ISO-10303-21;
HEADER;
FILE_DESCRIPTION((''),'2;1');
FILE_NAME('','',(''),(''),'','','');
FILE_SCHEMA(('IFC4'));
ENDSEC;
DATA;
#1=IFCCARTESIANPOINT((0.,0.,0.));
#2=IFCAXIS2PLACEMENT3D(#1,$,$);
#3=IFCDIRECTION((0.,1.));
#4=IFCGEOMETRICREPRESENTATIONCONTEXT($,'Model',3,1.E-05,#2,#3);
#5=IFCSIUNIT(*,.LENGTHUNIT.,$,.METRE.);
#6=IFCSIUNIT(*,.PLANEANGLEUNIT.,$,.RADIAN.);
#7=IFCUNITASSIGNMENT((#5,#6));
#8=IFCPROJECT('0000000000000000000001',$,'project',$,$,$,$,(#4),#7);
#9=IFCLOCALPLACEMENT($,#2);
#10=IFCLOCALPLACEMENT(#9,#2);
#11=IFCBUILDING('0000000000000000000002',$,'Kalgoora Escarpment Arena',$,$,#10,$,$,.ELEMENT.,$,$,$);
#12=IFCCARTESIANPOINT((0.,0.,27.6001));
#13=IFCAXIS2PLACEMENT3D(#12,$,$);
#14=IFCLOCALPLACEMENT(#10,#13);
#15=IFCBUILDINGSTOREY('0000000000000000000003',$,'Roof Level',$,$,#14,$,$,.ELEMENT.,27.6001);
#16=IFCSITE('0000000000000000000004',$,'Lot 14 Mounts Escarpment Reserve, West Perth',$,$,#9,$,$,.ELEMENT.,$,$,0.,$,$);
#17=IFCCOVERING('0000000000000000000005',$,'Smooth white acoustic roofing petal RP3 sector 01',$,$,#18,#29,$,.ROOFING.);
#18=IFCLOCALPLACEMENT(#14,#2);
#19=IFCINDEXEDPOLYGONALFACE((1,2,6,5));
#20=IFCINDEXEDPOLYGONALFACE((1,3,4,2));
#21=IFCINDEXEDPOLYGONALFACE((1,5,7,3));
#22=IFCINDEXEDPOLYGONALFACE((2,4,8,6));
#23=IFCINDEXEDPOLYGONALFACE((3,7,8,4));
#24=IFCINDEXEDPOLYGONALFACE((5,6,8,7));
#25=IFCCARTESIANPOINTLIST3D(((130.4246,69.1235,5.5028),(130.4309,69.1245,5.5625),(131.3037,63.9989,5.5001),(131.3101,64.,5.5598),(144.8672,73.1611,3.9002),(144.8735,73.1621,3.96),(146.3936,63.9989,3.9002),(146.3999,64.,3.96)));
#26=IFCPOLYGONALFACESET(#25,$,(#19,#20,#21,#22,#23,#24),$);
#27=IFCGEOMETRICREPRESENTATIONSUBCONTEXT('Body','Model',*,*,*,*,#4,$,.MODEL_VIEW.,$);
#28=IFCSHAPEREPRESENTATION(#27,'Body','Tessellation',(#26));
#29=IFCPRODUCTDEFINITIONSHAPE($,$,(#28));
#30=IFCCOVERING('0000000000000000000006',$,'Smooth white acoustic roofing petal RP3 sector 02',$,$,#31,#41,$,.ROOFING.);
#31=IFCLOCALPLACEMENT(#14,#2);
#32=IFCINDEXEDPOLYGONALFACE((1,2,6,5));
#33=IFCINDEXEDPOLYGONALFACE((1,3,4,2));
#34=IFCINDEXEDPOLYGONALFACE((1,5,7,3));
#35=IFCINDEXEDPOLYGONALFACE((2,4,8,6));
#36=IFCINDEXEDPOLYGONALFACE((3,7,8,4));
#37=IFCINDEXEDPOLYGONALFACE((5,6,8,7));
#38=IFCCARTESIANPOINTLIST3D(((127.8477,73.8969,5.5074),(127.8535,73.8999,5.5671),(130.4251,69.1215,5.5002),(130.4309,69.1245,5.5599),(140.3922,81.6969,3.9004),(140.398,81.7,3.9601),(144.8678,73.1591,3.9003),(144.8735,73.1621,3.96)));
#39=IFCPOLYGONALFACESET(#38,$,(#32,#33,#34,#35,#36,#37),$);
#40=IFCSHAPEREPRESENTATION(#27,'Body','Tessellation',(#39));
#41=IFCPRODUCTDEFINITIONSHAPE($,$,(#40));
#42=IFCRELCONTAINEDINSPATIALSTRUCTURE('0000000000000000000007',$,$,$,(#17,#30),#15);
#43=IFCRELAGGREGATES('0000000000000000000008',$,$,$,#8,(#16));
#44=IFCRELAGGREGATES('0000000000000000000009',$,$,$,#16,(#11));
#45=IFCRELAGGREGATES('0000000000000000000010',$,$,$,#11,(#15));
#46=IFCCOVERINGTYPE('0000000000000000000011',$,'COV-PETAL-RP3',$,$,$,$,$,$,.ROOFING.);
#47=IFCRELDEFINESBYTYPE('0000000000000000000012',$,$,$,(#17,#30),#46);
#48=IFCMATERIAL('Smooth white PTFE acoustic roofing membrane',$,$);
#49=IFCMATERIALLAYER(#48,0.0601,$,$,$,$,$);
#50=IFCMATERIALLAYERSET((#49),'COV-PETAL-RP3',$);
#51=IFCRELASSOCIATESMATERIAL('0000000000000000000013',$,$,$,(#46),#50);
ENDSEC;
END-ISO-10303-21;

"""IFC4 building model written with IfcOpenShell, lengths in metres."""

from ifc_helpers import new_model, si_unit, direction, frame, origin, place, context, subcontext, project, spatial, polyline, outline, extrude, material, layer, layer_set, type_object, element, save


model = new_model("IFC4")

# Units and contexts
model_context = context("Model", 3, precision=1e-05, world=origin(), true_north=direction((0.0, 1.0)))
body_context = subcontext(model_context, "Body", "Model", "MODEL_VIEW")
ifc_project = project(units=[si_unit("LENGTHUNIT", "METRE"), si_unit("PLANEANGLEUNIT", "RADIAN")], contexts=[model_context])

# Site, building, storey
site_placement = place(None, origin())
site = spatial("IfcSite", under=ifc_project, at=site_placement, Name="Lot 14 Mounts Escarpment Reserve, West Perth", CompositionType="ELEMENT", RefElevation=0.0)
building_placement = place(site_placement, origin())
building = spatial("IfcBuilding", under=site, at=building_placement, Name="Kalgoora Escarpment Arena", CompositionType="ELEMENT")
storey_placement = place(building_placement, frame((0.0, 0.0, 27.6001)))
storey = spatial("IfcBuildingStorey", under=building, at=storey_placement, Name="Roof Level", CompositionType="ELEMENT", Elevation=27.6001)

# Coverings
ifc_material_1 = material(Name="Smooth white PTFE acoustic roofing membrane")
ifc_layer_1 = layer(ifc_material_1, 0.0601)
ifc_layer_set_1 = layer_set([ifc_layer_1], Name="COV-PETAL-RP3")
covering_type = type_object("IfcCoveringType", Name="COV-PETAL-RP3", PredefinedType="ROOFING", material=ifc_layer_set_1)
covering_1_placement = place(storey_placement, frame((146.3999, 64.0, 3.96), z_axis=(0.105414, 0.017562, 0.994273), x_axis=(-0.164331, 0.986405, -0.000001)))
element("IfcCovering", 1, at=covering_1_placement, inside=storey, type_object=covering_type, Name="Smooth white acoustic roofing petal RP3 sector 01", PredefinedType="ROOFING", context=body_context, shape_type="SweptSolid", body=[
    extrude(outline(polyline([(0.0, 0.0), (9.2884, 0.0), (7.679, 14.9957), (2.4797, 14.9704), (0.0, 0.0)])), origin(), (0.0, 0.0, -1.0), 0.0601),
])
covering_2_placement = place(storey_placement, frame((144.8735, 73.1621, 3.96), z_axis=(0.096054, 0.05034, 0.994102), x_axis=(-0.464281, 0.885688, 0.000011)))
element("IfcCovering", 2, at=covering_2_placement, inside=storey, type_object=covering_type, Name="Smooth white acoustic roofing petal RP3 sector 02", PredefinedType="ROOFING", context=body_context, shape_type="SweptSolid", body=[
    extrude(outline(polyline([(0.0, 0.0), (9.6398, 0.0), (8.5555, 14.8193), (3.1294, 14.7532), (0.0, 0.0)])), origin(), (0.0, 0.0, -1.0), 0.0601),
])

save(model, "model.ifc")
